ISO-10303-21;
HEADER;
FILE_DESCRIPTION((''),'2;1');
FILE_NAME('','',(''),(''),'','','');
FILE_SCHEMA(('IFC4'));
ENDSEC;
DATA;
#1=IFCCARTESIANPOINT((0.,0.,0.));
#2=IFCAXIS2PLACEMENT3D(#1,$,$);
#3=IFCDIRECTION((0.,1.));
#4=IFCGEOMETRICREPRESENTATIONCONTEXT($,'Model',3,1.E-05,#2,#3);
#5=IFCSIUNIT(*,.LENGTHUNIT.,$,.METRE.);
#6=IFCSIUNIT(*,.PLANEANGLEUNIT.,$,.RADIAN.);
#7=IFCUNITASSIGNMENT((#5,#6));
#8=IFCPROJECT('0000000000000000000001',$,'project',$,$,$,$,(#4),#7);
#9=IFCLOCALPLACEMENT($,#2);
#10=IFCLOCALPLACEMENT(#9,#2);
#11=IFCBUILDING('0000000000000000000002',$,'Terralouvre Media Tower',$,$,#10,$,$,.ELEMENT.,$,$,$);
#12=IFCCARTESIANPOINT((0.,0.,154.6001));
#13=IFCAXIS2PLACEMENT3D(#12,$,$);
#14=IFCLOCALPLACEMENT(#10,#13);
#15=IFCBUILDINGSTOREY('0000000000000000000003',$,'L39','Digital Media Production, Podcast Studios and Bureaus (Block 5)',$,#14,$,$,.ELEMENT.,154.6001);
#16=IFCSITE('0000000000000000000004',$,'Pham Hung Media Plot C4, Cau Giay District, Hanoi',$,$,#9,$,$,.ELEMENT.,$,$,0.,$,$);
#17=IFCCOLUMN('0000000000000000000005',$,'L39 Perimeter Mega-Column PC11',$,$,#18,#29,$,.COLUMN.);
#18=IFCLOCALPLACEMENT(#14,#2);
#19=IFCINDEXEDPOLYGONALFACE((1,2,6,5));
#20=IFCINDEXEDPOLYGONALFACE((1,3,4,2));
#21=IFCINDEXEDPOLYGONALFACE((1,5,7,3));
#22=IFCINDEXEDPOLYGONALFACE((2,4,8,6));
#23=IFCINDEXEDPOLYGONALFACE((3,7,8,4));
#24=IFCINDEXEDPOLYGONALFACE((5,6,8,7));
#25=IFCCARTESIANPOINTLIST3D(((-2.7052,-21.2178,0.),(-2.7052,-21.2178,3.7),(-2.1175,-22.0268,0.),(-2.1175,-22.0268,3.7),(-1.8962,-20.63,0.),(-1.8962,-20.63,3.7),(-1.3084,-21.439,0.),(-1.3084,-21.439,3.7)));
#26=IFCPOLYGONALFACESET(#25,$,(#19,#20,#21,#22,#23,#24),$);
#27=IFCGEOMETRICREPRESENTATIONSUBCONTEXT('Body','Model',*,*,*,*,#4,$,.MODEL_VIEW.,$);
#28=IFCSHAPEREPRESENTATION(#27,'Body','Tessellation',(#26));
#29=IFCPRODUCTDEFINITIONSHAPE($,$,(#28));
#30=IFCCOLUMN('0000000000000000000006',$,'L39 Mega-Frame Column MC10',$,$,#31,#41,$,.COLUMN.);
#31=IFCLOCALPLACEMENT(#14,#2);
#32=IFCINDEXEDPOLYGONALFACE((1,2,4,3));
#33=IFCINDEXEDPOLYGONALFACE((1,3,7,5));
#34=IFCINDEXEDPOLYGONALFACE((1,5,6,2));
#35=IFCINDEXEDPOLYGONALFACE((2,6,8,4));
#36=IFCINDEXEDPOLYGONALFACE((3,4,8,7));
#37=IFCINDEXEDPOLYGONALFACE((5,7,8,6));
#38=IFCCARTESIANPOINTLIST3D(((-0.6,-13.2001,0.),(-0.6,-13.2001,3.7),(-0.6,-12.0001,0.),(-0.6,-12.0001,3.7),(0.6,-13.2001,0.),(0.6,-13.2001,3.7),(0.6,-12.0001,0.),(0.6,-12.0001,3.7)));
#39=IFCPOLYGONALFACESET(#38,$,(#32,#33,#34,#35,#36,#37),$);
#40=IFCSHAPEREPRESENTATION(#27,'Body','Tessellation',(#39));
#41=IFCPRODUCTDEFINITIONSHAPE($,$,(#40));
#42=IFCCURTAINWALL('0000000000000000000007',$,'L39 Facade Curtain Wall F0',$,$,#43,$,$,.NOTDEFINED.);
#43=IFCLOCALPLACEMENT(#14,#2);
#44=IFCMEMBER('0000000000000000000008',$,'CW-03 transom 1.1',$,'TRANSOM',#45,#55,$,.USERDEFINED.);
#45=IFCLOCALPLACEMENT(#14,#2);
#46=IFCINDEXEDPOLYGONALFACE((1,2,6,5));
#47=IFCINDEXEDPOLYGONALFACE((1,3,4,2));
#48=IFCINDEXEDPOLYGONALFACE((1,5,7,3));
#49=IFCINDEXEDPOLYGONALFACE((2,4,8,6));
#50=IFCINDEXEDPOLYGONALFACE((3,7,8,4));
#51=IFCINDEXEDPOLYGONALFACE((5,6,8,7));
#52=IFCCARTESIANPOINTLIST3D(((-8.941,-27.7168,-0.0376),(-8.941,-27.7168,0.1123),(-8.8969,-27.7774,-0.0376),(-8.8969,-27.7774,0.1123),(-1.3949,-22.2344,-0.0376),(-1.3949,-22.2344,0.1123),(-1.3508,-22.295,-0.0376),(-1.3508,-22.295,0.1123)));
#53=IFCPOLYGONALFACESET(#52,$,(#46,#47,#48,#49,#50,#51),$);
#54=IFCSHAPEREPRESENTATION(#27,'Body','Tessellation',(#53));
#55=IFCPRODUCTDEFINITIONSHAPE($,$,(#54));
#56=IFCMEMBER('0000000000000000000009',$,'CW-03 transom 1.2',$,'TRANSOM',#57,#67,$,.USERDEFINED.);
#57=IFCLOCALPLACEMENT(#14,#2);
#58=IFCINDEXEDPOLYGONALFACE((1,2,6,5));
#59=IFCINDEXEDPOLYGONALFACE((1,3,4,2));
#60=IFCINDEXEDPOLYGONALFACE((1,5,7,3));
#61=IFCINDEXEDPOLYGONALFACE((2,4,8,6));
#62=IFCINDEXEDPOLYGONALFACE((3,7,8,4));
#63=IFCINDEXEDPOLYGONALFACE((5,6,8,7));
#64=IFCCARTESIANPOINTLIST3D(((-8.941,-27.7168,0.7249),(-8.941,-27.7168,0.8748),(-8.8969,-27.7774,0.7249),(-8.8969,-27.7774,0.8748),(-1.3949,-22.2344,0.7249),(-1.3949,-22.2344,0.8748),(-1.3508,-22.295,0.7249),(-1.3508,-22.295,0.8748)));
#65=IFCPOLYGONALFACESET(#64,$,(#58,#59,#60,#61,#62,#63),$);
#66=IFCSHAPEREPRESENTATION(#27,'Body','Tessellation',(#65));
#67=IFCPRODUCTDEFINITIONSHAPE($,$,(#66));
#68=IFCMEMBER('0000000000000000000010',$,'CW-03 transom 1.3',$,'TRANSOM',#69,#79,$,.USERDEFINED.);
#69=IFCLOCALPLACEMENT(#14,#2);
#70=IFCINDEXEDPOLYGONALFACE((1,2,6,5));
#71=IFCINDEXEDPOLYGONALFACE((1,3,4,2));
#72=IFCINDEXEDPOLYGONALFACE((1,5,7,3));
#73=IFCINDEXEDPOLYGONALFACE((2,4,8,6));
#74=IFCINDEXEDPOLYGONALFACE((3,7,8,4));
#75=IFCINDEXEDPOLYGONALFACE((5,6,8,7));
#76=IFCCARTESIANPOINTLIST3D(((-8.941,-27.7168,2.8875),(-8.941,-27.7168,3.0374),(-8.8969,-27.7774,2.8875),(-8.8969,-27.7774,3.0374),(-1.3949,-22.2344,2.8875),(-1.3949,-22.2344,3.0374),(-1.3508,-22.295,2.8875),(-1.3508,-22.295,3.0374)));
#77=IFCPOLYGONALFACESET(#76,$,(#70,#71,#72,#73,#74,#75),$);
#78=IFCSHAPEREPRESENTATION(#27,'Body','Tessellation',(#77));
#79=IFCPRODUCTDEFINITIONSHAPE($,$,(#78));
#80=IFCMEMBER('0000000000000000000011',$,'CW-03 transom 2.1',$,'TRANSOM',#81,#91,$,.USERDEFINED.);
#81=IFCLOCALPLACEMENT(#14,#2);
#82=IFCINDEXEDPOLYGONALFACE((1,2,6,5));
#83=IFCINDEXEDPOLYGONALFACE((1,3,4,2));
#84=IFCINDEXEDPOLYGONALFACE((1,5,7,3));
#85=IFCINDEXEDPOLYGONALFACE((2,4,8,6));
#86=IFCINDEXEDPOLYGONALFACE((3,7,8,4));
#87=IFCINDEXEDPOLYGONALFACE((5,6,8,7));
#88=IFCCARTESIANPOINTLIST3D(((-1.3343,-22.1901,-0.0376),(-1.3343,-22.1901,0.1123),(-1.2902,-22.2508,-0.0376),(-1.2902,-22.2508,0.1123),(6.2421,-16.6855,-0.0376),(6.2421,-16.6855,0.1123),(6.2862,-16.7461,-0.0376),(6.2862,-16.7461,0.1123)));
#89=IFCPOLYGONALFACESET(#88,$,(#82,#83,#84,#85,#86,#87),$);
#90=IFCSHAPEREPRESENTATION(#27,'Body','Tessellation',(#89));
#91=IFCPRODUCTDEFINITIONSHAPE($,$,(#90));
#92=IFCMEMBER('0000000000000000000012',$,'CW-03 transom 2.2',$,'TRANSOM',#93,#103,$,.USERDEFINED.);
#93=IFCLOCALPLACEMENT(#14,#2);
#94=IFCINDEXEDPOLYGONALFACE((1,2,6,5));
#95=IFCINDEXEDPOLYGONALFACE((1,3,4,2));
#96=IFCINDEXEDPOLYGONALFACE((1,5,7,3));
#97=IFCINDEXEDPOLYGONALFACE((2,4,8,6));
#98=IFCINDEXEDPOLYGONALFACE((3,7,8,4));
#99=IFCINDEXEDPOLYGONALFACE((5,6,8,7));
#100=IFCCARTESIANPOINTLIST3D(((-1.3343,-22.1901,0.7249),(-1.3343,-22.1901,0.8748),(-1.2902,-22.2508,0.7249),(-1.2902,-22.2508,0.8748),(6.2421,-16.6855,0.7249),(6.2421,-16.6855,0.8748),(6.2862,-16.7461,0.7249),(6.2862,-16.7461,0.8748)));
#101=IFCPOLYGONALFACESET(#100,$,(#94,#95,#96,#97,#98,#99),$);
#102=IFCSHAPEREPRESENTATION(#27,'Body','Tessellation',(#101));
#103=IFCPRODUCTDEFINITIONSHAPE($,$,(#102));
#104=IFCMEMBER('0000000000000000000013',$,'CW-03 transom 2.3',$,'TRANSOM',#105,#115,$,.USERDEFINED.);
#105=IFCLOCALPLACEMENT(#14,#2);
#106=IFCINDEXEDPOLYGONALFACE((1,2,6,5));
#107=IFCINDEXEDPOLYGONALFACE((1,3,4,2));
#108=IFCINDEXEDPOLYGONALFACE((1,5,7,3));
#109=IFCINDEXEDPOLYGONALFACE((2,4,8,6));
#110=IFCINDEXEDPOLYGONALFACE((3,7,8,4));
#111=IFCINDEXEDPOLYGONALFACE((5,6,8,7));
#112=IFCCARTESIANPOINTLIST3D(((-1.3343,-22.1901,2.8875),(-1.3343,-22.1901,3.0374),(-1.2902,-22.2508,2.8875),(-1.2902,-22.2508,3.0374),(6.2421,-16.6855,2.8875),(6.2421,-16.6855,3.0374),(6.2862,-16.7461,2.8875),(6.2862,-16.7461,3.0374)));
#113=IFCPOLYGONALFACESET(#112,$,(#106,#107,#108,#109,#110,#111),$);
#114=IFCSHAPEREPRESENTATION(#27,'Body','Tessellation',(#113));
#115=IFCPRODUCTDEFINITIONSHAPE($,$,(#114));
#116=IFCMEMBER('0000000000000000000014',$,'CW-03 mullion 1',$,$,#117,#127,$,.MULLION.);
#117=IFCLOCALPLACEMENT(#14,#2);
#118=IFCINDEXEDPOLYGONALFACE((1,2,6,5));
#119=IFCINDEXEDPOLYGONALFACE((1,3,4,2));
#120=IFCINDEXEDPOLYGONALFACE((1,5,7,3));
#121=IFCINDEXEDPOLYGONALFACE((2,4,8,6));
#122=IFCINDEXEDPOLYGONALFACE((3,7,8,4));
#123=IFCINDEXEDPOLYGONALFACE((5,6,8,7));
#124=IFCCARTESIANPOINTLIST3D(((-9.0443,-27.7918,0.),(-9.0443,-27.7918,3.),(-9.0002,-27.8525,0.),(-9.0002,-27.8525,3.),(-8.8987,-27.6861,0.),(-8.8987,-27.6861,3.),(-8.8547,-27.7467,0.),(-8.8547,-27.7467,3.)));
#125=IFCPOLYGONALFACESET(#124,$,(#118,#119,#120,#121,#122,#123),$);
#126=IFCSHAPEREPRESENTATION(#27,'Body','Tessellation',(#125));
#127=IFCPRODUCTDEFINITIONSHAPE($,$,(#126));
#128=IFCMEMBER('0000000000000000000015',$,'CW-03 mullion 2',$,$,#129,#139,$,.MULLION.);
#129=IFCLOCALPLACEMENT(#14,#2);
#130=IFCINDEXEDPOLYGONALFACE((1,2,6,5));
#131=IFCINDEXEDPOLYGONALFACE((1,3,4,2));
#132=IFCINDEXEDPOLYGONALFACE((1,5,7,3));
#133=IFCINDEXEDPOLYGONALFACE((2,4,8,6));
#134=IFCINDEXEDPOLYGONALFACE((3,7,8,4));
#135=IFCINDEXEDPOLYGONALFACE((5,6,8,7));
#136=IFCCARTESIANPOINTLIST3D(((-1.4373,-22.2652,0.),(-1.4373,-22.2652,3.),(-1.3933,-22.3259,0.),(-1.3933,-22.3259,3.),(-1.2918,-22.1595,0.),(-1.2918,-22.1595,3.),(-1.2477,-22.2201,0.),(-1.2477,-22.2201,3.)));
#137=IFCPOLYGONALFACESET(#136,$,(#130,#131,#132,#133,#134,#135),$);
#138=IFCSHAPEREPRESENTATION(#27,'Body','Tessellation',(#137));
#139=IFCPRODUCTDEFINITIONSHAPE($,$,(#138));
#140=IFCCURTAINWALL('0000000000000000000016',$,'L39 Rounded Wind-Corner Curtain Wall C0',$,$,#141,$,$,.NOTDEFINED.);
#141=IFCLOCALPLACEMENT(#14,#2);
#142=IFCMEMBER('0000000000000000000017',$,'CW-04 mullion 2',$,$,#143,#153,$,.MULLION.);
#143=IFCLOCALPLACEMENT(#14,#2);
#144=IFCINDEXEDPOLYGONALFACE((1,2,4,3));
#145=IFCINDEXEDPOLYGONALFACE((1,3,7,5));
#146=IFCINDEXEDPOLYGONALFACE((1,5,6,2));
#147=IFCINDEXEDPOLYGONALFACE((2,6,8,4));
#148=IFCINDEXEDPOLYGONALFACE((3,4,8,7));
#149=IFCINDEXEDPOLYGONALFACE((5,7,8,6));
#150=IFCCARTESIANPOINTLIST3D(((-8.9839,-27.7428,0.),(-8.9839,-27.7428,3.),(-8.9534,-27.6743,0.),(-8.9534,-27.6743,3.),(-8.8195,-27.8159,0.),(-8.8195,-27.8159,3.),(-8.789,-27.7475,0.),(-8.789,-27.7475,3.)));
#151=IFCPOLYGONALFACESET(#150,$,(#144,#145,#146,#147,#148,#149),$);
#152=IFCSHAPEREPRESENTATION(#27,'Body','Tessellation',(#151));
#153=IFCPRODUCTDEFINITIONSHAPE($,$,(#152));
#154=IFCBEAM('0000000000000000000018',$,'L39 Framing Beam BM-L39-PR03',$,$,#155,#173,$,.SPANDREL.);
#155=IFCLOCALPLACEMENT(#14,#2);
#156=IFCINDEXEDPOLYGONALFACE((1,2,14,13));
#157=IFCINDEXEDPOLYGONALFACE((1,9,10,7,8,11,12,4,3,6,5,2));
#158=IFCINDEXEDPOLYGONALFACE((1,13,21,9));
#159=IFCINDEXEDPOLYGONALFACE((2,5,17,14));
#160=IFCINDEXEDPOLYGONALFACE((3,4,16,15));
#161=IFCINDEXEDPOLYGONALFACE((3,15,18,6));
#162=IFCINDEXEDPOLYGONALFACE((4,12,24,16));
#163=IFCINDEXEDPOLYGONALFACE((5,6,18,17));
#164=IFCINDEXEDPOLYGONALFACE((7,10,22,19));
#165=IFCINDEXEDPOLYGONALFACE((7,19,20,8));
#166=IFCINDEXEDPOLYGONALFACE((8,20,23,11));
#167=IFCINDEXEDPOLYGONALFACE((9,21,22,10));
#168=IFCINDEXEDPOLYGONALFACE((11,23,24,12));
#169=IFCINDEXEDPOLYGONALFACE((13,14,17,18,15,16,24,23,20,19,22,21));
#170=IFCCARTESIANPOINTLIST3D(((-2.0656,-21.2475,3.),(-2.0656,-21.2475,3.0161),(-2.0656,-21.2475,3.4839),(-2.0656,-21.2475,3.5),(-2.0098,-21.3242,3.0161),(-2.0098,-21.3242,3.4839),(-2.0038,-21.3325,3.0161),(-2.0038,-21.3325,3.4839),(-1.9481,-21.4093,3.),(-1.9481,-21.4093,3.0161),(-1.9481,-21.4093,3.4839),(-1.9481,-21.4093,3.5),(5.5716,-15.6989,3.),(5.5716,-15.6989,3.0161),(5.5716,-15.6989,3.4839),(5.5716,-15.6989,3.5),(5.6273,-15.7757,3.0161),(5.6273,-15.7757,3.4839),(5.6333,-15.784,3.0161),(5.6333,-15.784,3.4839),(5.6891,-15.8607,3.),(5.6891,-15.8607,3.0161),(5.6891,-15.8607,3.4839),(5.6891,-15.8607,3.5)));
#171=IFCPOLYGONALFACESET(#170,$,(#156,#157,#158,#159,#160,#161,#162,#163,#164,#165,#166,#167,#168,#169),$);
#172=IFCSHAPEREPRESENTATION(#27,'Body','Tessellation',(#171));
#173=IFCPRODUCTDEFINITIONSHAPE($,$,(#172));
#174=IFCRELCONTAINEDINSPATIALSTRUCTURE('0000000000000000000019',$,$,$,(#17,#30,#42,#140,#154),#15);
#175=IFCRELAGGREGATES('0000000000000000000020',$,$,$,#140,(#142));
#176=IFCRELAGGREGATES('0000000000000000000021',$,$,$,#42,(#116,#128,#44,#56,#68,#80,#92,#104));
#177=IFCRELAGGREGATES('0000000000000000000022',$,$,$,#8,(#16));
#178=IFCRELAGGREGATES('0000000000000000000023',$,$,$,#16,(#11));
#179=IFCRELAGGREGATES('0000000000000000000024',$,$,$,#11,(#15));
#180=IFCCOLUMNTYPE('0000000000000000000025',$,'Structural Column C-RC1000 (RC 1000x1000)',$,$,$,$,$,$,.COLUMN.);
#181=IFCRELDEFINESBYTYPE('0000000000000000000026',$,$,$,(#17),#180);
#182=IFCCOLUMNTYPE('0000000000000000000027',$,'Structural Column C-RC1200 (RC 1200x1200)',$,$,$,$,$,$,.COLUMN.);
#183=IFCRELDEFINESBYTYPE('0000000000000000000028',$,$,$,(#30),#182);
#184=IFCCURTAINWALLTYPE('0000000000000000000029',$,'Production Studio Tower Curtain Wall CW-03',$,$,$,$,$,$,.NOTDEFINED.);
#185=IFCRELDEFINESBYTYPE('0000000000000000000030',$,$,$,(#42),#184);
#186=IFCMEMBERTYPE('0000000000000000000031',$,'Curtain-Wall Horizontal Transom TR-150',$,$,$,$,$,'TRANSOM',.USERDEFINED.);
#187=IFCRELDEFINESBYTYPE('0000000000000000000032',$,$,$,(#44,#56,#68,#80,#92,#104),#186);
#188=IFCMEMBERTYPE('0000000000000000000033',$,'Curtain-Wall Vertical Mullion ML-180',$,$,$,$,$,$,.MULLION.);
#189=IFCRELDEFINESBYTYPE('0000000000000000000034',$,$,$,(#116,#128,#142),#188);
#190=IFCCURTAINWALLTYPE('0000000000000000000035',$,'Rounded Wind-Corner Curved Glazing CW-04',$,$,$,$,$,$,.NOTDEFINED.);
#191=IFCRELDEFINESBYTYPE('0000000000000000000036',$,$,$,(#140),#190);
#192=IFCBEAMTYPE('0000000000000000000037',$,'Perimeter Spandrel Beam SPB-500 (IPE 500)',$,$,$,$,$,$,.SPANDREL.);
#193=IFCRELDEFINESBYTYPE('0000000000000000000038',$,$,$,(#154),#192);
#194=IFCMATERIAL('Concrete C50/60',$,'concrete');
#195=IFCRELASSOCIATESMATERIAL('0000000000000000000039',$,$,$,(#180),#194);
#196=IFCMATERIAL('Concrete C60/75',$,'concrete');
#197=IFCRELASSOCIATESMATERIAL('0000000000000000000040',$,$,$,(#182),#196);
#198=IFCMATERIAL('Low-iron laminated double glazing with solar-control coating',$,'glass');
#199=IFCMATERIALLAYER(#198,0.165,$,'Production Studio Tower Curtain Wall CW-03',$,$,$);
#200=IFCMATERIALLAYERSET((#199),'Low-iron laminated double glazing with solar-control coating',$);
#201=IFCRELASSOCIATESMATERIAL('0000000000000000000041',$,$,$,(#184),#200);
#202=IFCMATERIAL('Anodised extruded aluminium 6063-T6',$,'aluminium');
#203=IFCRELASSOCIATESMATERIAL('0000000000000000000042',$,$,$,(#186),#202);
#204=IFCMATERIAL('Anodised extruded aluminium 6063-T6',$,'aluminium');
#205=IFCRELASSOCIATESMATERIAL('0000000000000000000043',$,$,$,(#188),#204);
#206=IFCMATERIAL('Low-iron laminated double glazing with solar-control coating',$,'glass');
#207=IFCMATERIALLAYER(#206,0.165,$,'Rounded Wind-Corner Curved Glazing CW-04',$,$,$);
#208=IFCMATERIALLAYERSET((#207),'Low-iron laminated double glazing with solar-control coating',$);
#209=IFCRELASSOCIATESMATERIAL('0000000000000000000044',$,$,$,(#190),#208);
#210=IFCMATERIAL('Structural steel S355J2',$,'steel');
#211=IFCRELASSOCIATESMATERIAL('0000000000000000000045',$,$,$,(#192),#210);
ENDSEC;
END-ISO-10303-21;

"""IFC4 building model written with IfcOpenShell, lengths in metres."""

from ifc_helpers import new_model, si_unit, direction, frame, origin, origin_2d, place, context, subcontext, project, spatial, rectangle, i_section, extrude, material, layer, layer_set, material_profile, profile_set, type_object, element, aggregate, save


model = new_model("IFC4")

# Units and contexts
model_context = context("Model", 3, precision=1e-05, world=origin(), true_north=direction((0.0, 1.0)))
body_context = subcontext(model_context, "Body", "Model", "MODEL_VIEW")
ifc_project = project(units=[si_unit("LENGTHUNIT", "METRE"), si_unit("PLANEANGLEUNIT", "RADIAN")], contexts=[model_context])

# Site, building, storey
site_placement = place(None, origin())
site = spatial("IfcSite", under=ifc_project, at=site_placement, Name="Pham Hung Media Plot C4, Cau Giay District, Hanoi", CompositionType="ELEMENT", RefElevation=0.0)
building_placement = place(site_placement, origin())
building = spatial("IfcBuilding", under=site, at=building_placement, Name="Terralouvre Media Tower", CompositionType="ELEMENT")
storey_placement = place(building_placement, frame((0.0, 0.0, 154.6001)))
storey = spatial("IfcBuildingStorey", under=building, at=storey_placement, Name="L39", Description="Digital Media Production, Podcast Studios and Bureaus (Block 5)", CompositionType="ELEMENT", Elevation=154.6001)

# Columns
ifc_material_1 = material(Name="Concrete C50/60", Category="concrete")
ifc_material_profile_1 = material_profile(ifc_material_1, rectangle(XDim=1.0, YDim=1.0, at=origin_2d()), Name="RC 1000x1000")
ifc_profile_set_1 = profile_set([ifc_material_profile_1], Name="Concrete C50/60")
column_type_1 = type_object("IfcColumnType", Name="Structural Column C-RC1000 (RC 1000x1000)", PredefinedType="COLUMN", material=ifc_profile_set_1)
column_1_placement = place(storey_placement, frame((-2.0068, -21.3284, 0.0), z_axis=(0.0, 0.0, 1.0), x_axis=(0.809017, 0.587785, 0.0)))
element("IfcColumn", 1, at=column_1_placement, inside=storey, type_object=column_type_1, Name="L39 Perimeter Mega-Column PC11", PredefinedType="COLUMN", context=body_context, shape_type="SweptSolid", body=[
    extrude(rectangle(XDim=1.0, YDim=1.0, at=origin_2d()), origin(), (0.0, 0.0, 1.0), 3.7),
])
ifc_material_2 = material(Name="Concrete C60/75", Category="concrete")
ifc_material_profile_2 = material_profile(ifc_material_2, rectangle(XDim=1.2, YDim=1.2, at=origin_2d()), Name="RC 1200x1200")
ifc_profile_set_2 = profile_set([ifc_material_profile_2], Name="Concrete C60/75")
column_type_2 = type_object("IfcColumnType", Name="Structural Column C-RC1200 (RC 1200x1200)", PredefinedType="COLUMN", material=ifc_profile_set_2)
column_2_placement = place(storey_placement, frame((0.0, -12.6001, 0.0), z_axis=(0.0, 0.0, 1.0), x_axis=(1.0, 0.0, 0.0)))
element("IfcColumn", 2, at=column_2_placement, inside=storey, type_object=column_type_2, Name="L39 Mega-Frame Column MC10", PredefinedType="COLUMN", context=body_context, shape_type="SweptSolid", body=[
    extrude(rectangle(XDim=1.2, YDim=1.2, at=origin_2d()), origin(), (0.0, 0.0, 1.0), 3.7),
])

# Curtain wall, members
ifc_material_3 = material(Name="Low-iron laminated double glazing with solar-control coating", Category="glass")
ifc_layer_1 = layer(ifc_material_3, 0.165, Name="Production Studio Tower Curtain Wall CW-03")
ifc_layer_set_1 = layer_set([ifc_layer_1], Name="Low-iron laminated double glazing with solar-control coating")
curtain_wall_type_1 = type_object("IfcCurtainWallType", Name="Production Studio Tower Curtain Wall CW-03", PredefinedType="NOTDEFINED", material=ifc_layer_set_1)
curtain_wall_1_placement = place(storey_placement, origin())
curtain_wall_1 = element("IfcCurtainWall", 3, at=curtain_wall_1_placement, inside=storey, type_object=curtain_wall_type_1, Name="L39 Facade Curtain Wall F0", PredefinedType="NOTDEFINED")
ifc_material_4 = material(Name="Anodised extruded aluminium 6063-T6", Category="aluminium")
ifc_material_profile_3 = material_profile(ifc_material_4, rectangle(XDim=0.075, YDim=0.1499, at=origin_2d()), Name="ALU 75x150")
ifc_profile_set_3 = profile_set([ifc_material_profile_3], Name="Anodised extruded aluminium 6063-T6")
member_type_1 = type_object("IfcMemberType", Name="Curtain-Wall Horizontal Transom TR-150", ElementType="TRANSOM", PredefinedType="USERDEFINED", material=ifc_profile_set_3)
member_1_placement = place(storey_placement, frame((-8.9189, -27.7471, 0.0374), z_axis=(0.809026, 0.587773, 0.0), x_axis=(-0.587773, 0.809026, 0.0)))
member_1 = element("IfcMember", 4, at=member_1_placement, type_object=member_type_1, Name="CW-03 transom 1.1", ObjectType="TRANSOM", PredefinedType="USERDEFINED", context=body_context, shape_type="SweptSolid", body=[
    extrude(rectangle(XDim=0.075, YDim=0.1499, at=origin_2d()), origin(), (0.0, 0.0, 1.0), 9.3274),
])
member_2_placement = place(storey_placement, frame((-8.9189, -27.7471, 0.7998), z_axis=(0.809026, 0.587773, 0.0), x_axis=(-0.587773, 0.809026, 0.0)))
member_2 = element("IfcMember", 5, at=member_2_placement, type_object=member_type_1, Name="CW-03 transom 1.2", ObjectType="TRANSOM", PredefinedType="USERDEFINED", context=body_context, shape_type="SweptSolid", body=[
    extrude(rectangle(XDim=0.075, YDim=0.1499, at=origin_2d()), origin(), (0.0, 0.0, 1.0), 9.3274),
])
member_3_placement = place(storey_placement, frame((-8.9189, -27.7471, 2.9624), z_axis=(0.809026, 0.587773, 0.0), x_axis=(-0.587773, 0.809026, 0.0)))
member_3 = element("IfcMember", 6, at=member_3_placement, type_object=member_type_1, Name="CW-03 transom 1.3", ObjectType="TRANSOM", PredefinedType="USERDEFINED", context=body_context, shape_type="SweptSolid", body=[
    extrude(rectangle(XDim=0.075, YDim=0.1499, at=origin_2d()), origin(), (0.0, 0.0, 1.0), 9.3274),
])
member_4_placement = place(storey_placement, frame((-1.3123, -22.2205, 0.0374), z_axis=(0.809014, 0.587789, 0.0), x_axis=(-0.587789, 0.809014, 0.0)))
member_4 = element("IfcMember", 7, at=member_4_placement, type_object=member_type_1, Name="CW-03 transom 2.1", ObjectType="TRANSOM", PredefinedType="USERDEFINED", context=body_context, shape_type="SweptSolid", body=[
    extrude(rectangle(XDim=0.075, YDim=0.1499, at=origin_2d()), origin(), (0.0, 0.0, 1.0), 9.365),
])
member_5_placement = place(storey_placement, frame((-1.3123, -22.2205, 0.7998), z_axis=(0.809014, 0.587789, 0.0), x_axis=(-0.587789, 0.809014, 0.0)))
member_5 = element("IfcMember", 8, at=member_5_placement, type_object=member_type_1, Name="CW-03 transom 2.2", ObjectType="TRANSOM", PredefinedType="USERDEFINED", context=body_context, shape_type="SweptSolid", body=[
    extrude(rectangle(XDim=0.075, YDim=0.1499, at=origin_2d()), origin(), (0.0, 0.0, 1.0), 9.365),
])
member_6_placement = place(storey_placement, frame((-1.3123, -22.2205, 2.9624), z_axis=(0.809014, 0.587789, 0.0), x_axis=(-0.587789, 0.809014, 0.0)))
member_6 = element("IfcMember", 9, at=member_6_placement, type_object=member_type_1, Name="CW-03 transom 2.3", ObjectType="TRANSOM", PredefinedType="USERDEFINED", context=body_context, shape_type="SweptSolid", body=[
    extrude(rectangle(XDim=0.075, YDim=0.1499, at=origin_2d()), origin(), (0.0, 0.0, 1.0), 9.365),
])
ifc_material_5 = material(Name="Anodised extruded aluminium 6063-T6", Category="aluminium")
ifc_material_profile_4 = material_profile(ifc_material_5, rectangle(XDim=0.075, YDim=0.1799, at=origin_2d()), Name="ALU 75x180")
ifc_profile_set_4 = profile_set([ifc_material_profile_4], Name="Anodised extruded aluminium 6063-T6")
member_type_2 = type_object("IfcMemberType", Name="Curtain-Wall Vertical Mullion ML-180", PredefinedType="MULLION", material=ifc_profile_set_4)
member_7_placement = place(storey_placement, frame((-8.9495, -27.7693, 0.0), z_axis=(0.0, 0.0, 1.0), x_axis=(-0.587785, 0.809017, 0.0)))
member_7 = element("IfcMember", 10, at=member_7_placement, type_object=member_type_2, Name="CW-03 mullion 1", PredefinedType="MULLION", context=body_context, shape_type="SweptSolid", body=[
    extrude(rectangle(XDim=0.075, YDim=0.1799, at=origin_2d()), origin(), (0.0, 0.0, 1.0), 3.0),
])
member_8_placement = place(storey_placement, frame((-1.3425, -22.2427, 0.0), z_axis=(0.0, 0.0, 1.0), x_axis=(-0.587785, 0.809017, 0.0)))
member_8 = element("IfcMember", 11, at=member_8_placement, type_object=member_type_2, Name="CW-03 mullion 2", PredefinedType="MULLION", context=body_context, shape_type="SweptSolid", body=[
    extrude(rectangle(XDim=0.075, YDim=0.1799, at=origin_2d()), origin(), (0.0, 0.0, 1.0), 3.0),
])

# Curtain wall, member
ifc_material_6 = material(Name="Low-iron laminated double glazing with solar-control coating", Category="glass")
ifc_layer_2 = layer(ifc_material_6, 0.165, Name="Rounded Wind-Corner Curved Glazing CW-04")
ifc_layer_set_2 = layer_set([ifc_layer_2], Name="Low-iron laminated double glazing with solar-control coating")
curtain_wall_type_2 = type_object("IfcCurtainWallType", Name="Rounded Wind-Corner Curved Glazing CW-04", PredefinedType="NOTDEFINED", material=ifc_layer_set_2)
curtain_wall_2_placement = place(storey_placement, origin())
curtain_wall_2 = element("IfcCurtainWall", 12, at=curtain_wall_2_placement, inside=storey, type_object=curtain_wall_type_2, Name="L39 Rounded Wind-Corner Curtain Wall C0", PredefinedType="NOTDEFINED")
member_9_placement = place(storey_placement, frame((-8.8865, -27.7451, 0.0), z_axis=(0.0, 0.0, 1.0), x_axis=(0.406737, 0.913545, 0.0)))
member_9 = element("IfcMember", 13, at=member_9_placement, type_object=member_type_2, Name="CW-04 mullion 2", PredefinedType="MULLION", context=body_context, shape_type="SweptSolid", body=[
    extrude(rectangle(XDim=0.075, YDim=0.1799, at=origin_2d()), origin(), (0.0, 0.0, 1.0), 3.0),
])
aggregate(curtain_wall_2, [member_9])

# Beam
ifc_material_7 = material(Name="Structural steel S355J2", Category="steel")
ifc_material_profile_5 = material_profile(ifc_material_7, i_section(OverallWidth=0.2, OverallDepth=0.5, WebThickness=0.0103, FlangeThickness=0.0161, at=origin_2d()), Name="IPE 500")
ifc_profile_set_5 = profile_set([ifc_material_profile_5], Name="Structural steel S355J2")
beam_type_1 = type_object("IfcBeamType", Name="Perimeter Spandrel Beam SPB-500 (IPE 500)", PredefinedType="SPANDREL", material=ifc_profile_set_5)
beam_1_placement = place(storey_placement, frame((-2.0068, -21.3284, 3.25), z_axis=(0.809026, 0.587773, 0.0), x_axis=(-0.587773, 0.809026, 0.0)))
element("IfcBeam", 14, at=beam_1_placement, inside=storey, type_object=beam_type_1, Name="L39 Framing Beam BM-L39-PR03", PredefinedType="SPANDREL", context=body_context, shape_type="SweptSolid", body=[
    extrude(i_section(OverallWidth=0.2, OverallDepth=0.5, WebThickness=0.0103, FlangeThickness=0.0161, at=origin_2d()), origin(), (0.0, 0.0, 1.0), 9.4399),
])

aggregate(curtain_wall_1, [member_7, member_8, member_1, member_2, member_3, member_4, member_5, member_6])

save(model, "model.ifc")
